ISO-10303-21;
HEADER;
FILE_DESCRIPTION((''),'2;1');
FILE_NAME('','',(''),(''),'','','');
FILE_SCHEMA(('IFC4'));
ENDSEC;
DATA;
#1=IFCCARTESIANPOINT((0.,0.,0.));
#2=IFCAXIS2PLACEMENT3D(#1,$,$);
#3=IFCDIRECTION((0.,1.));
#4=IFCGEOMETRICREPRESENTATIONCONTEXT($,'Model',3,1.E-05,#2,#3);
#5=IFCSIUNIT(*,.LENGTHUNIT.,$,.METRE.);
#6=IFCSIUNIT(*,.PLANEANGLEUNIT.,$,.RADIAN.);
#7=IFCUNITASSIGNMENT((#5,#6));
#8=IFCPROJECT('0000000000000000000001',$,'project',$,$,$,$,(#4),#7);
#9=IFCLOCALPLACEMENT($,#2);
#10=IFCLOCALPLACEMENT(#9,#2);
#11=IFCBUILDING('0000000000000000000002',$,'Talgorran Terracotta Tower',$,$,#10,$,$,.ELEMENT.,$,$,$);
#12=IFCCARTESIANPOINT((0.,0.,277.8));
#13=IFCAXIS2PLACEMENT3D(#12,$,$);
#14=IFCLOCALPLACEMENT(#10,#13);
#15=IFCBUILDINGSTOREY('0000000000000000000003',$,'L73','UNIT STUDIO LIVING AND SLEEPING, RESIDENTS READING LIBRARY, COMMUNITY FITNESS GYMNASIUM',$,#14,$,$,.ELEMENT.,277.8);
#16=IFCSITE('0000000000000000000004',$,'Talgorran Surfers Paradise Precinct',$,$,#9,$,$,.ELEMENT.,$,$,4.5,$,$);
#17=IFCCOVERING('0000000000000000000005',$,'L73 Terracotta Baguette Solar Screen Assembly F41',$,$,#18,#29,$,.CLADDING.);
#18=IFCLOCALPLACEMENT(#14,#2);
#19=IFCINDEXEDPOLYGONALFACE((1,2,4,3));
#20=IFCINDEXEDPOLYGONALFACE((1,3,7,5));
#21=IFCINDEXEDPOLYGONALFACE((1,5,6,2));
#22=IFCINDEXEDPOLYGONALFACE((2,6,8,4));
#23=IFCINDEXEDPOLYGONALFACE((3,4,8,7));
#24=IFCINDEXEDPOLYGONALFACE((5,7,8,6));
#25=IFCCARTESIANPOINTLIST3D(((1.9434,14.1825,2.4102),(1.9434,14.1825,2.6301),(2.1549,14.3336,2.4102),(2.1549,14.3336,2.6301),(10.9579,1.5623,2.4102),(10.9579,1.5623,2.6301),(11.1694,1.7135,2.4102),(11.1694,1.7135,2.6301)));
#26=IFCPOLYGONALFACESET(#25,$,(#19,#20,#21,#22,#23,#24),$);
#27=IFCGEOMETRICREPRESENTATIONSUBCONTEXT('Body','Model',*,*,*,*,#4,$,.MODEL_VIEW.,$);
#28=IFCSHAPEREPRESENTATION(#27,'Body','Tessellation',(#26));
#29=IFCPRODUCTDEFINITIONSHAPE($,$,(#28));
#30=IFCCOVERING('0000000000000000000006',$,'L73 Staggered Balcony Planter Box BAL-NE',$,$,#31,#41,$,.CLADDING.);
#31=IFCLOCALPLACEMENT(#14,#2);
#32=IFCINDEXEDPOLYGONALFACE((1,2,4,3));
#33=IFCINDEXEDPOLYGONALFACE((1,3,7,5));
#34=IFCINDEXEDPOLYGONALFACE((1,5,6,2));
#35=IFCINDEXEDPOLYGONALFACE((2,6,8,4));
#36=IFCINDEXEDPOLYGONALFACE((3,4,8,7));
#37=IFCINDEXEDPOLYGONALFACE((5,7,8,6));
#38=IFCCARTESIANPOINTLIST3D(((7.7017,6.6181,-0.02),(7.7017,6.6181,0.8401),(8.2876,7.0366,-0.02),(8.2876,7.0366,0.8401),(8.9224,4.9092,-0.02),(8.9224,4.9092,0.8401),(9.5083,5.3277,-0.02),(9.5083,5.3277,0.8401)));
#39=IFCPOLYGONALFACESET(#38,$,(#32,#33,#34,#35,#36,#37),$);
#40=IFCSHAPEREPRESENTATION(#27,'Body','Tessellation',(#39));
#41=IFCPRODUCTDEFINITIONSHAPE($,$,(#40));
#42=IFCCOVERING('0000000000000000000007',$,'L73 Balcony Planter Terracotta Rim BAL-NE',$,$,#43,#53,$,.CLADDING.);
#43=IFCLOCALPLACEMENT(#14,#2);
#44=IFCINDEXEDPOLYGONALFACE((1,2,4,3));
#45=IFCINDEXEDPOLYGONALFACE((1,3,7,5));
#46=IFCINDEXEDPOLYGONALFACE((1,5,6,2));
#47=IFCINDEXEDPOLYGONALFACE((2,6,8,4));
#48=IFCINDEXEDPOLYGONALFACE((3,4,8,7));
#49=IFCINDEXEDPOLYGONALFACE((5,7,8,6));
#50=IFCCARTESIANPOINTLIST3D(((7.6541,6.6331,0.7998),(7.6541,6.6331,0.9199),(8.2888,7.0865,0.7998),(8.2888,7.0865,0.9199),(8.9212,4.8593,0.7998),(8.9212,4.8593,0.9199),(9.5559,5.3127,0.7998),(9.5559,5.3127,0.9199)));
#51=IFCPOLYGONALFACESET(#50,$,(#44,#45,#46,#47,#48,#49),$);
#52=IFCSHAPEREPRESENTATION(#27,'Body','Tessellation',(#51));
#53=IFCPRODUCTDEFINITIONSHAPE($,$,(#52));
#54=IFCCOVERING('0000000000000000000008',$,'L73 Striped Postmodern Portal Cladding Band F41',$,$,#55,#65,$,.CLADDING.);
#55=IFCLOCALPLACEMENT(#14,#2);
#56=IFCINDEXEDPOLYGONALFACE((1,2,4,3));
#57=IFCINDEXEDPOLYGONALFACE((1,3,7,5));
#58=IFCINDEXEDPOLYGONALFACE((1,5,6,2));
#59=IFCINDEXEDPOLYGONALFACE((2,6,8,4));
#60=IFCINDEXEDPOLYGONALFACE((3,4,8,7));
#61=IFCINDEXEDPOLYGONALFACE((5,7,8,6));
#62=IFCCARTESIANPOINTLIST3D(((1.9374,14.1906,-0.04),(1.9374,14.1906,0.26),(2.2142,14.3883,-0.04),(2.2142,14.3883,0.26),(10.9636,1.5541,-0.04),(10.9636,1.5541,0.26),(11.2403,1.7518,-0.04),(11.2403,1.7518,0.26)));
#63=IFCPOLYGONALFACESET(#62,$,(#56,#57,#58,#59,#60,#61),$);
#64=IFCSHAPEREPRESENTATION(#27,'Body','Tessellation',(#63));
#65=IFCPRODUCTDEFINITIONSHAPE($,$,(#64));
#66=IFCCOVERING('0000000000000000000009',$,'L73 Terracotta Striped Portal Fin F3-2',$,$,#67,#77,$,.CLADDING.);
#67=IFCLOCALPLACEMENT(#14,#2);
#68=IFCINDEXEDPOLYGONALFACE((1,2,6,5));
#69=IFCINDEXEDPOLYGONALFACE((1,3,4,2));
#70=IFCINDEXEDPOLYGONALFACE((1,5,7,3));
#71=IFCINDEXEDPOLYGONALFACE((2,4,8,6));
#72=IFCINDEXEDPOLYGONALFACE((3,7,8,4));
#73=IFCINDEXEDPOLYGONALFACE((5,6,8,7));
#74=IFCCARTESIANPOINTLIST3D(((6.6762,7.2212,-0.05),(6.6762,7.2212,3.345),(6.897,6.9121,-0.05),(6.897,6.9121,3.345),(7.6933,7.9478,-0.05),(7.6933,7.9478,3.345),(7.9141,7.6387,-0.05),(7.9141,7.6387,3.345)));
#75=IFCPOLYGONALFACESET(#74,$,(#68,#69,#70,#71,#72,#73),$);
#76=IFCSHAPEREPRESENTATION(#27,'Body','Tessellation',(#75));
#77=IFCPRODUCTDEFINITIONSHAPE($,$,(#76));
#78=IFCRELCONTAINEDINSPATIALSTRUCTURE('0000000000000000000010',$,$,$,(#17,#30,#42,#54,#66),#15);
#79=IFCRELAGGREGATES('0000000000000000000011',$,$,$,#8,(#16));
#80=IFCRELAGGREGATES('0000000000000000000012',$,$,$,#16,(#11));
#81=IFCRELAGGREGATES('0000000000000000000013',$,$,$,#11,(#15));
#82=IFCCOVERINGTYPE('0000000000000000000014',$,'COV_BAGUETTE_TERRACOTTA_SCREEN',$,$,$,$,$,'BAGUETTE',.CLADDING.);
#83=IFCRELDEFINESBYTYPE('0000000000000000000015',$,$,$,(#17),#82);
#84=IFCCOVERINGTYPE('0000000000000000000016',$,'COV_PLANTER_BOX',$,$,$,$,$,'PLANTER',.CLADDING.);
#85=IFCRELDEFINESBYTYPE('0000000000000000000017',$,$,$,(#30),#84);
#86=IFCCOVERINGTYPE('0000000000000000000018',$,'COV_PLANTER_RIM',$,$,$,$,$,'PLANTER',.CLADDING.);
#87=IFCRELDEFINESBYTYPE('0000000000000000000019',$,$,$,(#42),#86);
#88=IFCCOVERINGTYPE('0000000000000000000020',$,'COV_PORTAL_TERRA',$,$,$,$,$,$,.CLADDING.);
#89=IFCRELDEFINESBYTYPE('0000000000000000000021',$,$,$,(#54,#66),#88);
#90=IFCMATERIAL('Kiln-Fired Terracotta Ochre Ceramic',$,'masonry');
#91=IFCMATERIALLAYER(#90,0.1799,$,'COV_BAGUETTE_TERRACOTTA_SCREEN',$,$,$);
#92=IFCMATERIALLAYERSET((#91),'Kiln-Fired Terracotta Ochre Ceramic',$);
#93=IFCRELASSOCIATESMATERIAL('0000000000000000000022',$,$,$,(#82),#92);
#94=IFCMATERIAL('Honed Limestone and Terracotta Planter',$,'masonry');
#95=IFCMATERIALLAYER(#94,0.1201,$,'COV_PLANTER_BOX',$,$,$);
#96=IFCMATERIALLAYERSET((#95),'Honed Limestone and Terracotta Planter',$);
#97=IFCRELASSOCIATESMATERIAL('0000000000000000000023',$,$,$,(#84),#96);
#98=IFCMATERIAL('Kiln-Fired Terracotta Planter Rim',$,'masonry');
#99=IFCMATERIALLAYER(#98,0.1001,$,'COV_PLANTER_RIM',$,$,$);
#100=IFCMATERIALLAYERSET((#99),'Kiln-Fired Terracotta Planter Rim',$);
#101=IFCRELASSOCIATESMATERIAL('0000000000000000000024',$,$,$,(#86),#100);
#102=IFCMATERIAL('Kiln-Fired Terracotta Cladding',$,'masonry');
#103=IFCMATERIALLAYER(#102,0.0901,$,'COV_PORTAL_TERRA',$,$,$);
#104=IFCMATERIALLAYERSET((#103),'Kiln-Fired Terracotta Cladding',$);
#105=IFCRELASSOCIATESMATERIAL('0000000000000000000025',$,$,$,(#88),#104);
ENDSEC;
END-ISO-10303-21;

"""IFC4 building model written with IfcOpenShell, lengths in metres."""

from ifc_helpers import new_model, si_unit, direction, frame, origin, origin_2d, place, context, subcontext, project, spatial, rectangle, extrude, material, layer, layer_set, type_object, element, save


model = new_model("IFC4")

# Units and contexts
model_context = context("Model", 3, precision=1e-05, world=origin(), true_north=direction((0.0, 1.0)))
body_context = subcontext(model_context, "Body", "Model", "MODEL_VIEW")
ifc_project = project(units=[si_unit("LENGTHUNIT", "METRE"), si_unit("PLANEANGLEUNIT", "RADIAN")], contexts=[model_context])

# Site, building, storey
site_placement = place(None, origin())
site = spatial("IfcSite", under=ifc_project, at=site_placement, Name="Talgorran Surfers Paradise Precinct", CompositionType="ELEMENT", RefElevation=4.5)
building_placement = place(site_placement, origin())
building = spatial("IfcBuilding", under=site, at=building_placement, Name="Talgorran Terracotta Tower", CompositionType="ELEMENT")
storey_placement = place(building_placement, frame((0.0, 0.0, 277.8)))
storey = spatial("IfcBuildingStorey", under=building, at=storey_placement, Name="L73", Description="UNIT STUDIO LIVING AND SLEEPING, RESIDENTS READING LIBRARY, COMMUNITY FITNESS GYMNASIUM", CompositionType="ELEMENT", Elevation=277.8)

# Coverings
ifc_material_1 = material(Name="Kiln-Fired Terracotta Ochre Ceramic", Category="masonry")
ifc_layer_1 = layer(ifc_material_1, 0.1799, Name="COV_BAGUETTE_TERRACOTTA_SCREEN")
ifc_layer_set_1 = layer_set([ifc_layer_1], Name="Kiln-Fired Terracotta Ochre Ceramic")
covering_type_1 = type_object("IfcCoveringType", Name="COV_BAGUETTE_TERRACOTTA_SCREEN", ElementType="BAGUETTE", PredefinedType="CLADDING", material=ifc_layer_set_1)
covering_1_placement = place(storey_placement, frame((6.5564, 7.948, 2.4102), z_axis=(0.0, 0.0, 1.0), x_axis=(-0.581243, 0.81373, 0.0)))
element("IfcCovering", 1, at=covering_1_placement, inside=storey, type_object=covering_type_1, Name="L73 Terracotta Baguette Solar Screen Assembly F41", PredefinedType="CLADDING", context=body_context, shape_type="SweptSolid", body=[
    extrude(rectangle(XDim=15.509, YDim=0.26, at=origin_2d()), origin(), (0.0, 0.0, 1.0), 0.22),
])
ifc_material_2 = material(Name="Honed Limestone and Terracotta Planter", Category="masonry")
ifc_layer_2 = layer(ifc_material_2, 0.1201, Name="COV_PLANTER_BOX")
ifc_layer_set_2 = layer_set([ifc_layer_2], Name="Honed Limestone and Terracotta Planter")
covering_type_2 = type_object("IfcCoveringType", Name="COV_PLANTER_BOX", ElementType="PLANTER", PredefinedType="CLADDING", material=ifc_layer_set_2)
covering_2_placement = place(storey_placement, frame((8.605, 5.9729, -0.02), z_axis=(0.0, 0.0, 1.0), x_axis=(-0.581257, 0.81372, 0.0)))
element("IfcCovering", 2, at=covering_2_placement, inside=storey, type_object=covering_type_2, Name="L73 Staggered Balcony Planter Box BAL-NE", PredefinedType="CLADDING", context=body_context, shape_type="SweptSolid", body=[
    extrude(rectangle(XDim=2.1001, YDim=0.72, at=origin_2d()), origin(), (0.0, 0.0, 1.0), 0.8601),
])
ifc_material_3 = material(Name="Kiln-Fired Terracotta Planter Rim", Category="masonry")
ifc_layer_3 = layer(ifc_material_3, 0.1001, Name="COV_PLANTER_RIM")
ifc_layer_set_3 = layer_set([ifc_layer_3], Name="Kiln-Fired Terracotta Planter Rim")
covering_type_3 = type_object("IfcCoveringType", Name="COV_PLANTER_RIM", ElementType="PLANTER", PredefinedType="CLADDING", material=ifc_layer_set_3)
covering_3_placement = place(storey_placement, frame((8.605, 5.9729, 0.7998), z_axis=(0.0, 0.0, 1.0), x_axis=(-0.581257, 0.81372, 0.0)))
element("IfcCovering", 3, at=covering_3_placement, inside=storey, type_object=covering_type_3, Name="L73 Balcony Planter Terracotta Rim BAL-NE", PredefinedType="CLADDING", context=body_context, shape_type="SweptSolid", body=[
    extrude(rectangle(XDim=2.1799, YDim=0.78, at=origin_2d()), origin(), (0.0, 0.0, 1.0), 0.1201),
])
ifc_material_4 = material(Name="Kiln-Fired Terracotta Cladding", Category="masonry")
ifc_layer_4 = layer(ifc_material_4, 0.0901, Name="COV_PORTAL_TERRA")
ifc_layer_set_4 = layer_set([ifc_layer_4], Name="Kiln-Fired Terracotta Cladding")
covering_type_4 = type_object("IfcCoveringType", Name="COV_PORTAL_TERRA", PredefinedType="CLADDING", material=ifc_layer_set_4)
covering_4_placement = place(storey_placement, frame((6.5889, 7.9712, -0.04), z_axis=(0.0, 0.0, 1.0), x_axis=(-0.581243, 0.81373, 0.0)))
element("IfcCovering", 4, at=covering_4_placement, inside=storey, type_object=covering_type_4, Name="L73 Striped Postmodern Portal Cladding Band F41", PredefinedType="CLADDING", context=body_context, shape_type="SweptSolid", body=[
    extrude(rectangle(XDim=15.5291, YDim=0.3401, at=origin_2d()), origin(), (0.0, 0.0, 1.0), 0.3),
])
covering_5_placement = place(storey_placement, frame((7.2952, 7.4299, -0.05), z_axis=(0.0, 0.0, 1.0), x_axis=(-0.581257, 0.81372, 0.0)))
element("IfcCovering", 5, at=covering_5_placement, inside=storey, type_object=covering_type_4, Name="L73 Terracotta Striped Portal Fin F3-2", PredefinedType="CLADDING", context=body_context, shape_type="SweptSolid", body=[
    extrude(rectangle(XDim=0.3799, YDim=1.25, at=origin_2d()), origin(), (0.0, 0.0, 1.0), 3.395),
])

save(model, "model.ifc")
